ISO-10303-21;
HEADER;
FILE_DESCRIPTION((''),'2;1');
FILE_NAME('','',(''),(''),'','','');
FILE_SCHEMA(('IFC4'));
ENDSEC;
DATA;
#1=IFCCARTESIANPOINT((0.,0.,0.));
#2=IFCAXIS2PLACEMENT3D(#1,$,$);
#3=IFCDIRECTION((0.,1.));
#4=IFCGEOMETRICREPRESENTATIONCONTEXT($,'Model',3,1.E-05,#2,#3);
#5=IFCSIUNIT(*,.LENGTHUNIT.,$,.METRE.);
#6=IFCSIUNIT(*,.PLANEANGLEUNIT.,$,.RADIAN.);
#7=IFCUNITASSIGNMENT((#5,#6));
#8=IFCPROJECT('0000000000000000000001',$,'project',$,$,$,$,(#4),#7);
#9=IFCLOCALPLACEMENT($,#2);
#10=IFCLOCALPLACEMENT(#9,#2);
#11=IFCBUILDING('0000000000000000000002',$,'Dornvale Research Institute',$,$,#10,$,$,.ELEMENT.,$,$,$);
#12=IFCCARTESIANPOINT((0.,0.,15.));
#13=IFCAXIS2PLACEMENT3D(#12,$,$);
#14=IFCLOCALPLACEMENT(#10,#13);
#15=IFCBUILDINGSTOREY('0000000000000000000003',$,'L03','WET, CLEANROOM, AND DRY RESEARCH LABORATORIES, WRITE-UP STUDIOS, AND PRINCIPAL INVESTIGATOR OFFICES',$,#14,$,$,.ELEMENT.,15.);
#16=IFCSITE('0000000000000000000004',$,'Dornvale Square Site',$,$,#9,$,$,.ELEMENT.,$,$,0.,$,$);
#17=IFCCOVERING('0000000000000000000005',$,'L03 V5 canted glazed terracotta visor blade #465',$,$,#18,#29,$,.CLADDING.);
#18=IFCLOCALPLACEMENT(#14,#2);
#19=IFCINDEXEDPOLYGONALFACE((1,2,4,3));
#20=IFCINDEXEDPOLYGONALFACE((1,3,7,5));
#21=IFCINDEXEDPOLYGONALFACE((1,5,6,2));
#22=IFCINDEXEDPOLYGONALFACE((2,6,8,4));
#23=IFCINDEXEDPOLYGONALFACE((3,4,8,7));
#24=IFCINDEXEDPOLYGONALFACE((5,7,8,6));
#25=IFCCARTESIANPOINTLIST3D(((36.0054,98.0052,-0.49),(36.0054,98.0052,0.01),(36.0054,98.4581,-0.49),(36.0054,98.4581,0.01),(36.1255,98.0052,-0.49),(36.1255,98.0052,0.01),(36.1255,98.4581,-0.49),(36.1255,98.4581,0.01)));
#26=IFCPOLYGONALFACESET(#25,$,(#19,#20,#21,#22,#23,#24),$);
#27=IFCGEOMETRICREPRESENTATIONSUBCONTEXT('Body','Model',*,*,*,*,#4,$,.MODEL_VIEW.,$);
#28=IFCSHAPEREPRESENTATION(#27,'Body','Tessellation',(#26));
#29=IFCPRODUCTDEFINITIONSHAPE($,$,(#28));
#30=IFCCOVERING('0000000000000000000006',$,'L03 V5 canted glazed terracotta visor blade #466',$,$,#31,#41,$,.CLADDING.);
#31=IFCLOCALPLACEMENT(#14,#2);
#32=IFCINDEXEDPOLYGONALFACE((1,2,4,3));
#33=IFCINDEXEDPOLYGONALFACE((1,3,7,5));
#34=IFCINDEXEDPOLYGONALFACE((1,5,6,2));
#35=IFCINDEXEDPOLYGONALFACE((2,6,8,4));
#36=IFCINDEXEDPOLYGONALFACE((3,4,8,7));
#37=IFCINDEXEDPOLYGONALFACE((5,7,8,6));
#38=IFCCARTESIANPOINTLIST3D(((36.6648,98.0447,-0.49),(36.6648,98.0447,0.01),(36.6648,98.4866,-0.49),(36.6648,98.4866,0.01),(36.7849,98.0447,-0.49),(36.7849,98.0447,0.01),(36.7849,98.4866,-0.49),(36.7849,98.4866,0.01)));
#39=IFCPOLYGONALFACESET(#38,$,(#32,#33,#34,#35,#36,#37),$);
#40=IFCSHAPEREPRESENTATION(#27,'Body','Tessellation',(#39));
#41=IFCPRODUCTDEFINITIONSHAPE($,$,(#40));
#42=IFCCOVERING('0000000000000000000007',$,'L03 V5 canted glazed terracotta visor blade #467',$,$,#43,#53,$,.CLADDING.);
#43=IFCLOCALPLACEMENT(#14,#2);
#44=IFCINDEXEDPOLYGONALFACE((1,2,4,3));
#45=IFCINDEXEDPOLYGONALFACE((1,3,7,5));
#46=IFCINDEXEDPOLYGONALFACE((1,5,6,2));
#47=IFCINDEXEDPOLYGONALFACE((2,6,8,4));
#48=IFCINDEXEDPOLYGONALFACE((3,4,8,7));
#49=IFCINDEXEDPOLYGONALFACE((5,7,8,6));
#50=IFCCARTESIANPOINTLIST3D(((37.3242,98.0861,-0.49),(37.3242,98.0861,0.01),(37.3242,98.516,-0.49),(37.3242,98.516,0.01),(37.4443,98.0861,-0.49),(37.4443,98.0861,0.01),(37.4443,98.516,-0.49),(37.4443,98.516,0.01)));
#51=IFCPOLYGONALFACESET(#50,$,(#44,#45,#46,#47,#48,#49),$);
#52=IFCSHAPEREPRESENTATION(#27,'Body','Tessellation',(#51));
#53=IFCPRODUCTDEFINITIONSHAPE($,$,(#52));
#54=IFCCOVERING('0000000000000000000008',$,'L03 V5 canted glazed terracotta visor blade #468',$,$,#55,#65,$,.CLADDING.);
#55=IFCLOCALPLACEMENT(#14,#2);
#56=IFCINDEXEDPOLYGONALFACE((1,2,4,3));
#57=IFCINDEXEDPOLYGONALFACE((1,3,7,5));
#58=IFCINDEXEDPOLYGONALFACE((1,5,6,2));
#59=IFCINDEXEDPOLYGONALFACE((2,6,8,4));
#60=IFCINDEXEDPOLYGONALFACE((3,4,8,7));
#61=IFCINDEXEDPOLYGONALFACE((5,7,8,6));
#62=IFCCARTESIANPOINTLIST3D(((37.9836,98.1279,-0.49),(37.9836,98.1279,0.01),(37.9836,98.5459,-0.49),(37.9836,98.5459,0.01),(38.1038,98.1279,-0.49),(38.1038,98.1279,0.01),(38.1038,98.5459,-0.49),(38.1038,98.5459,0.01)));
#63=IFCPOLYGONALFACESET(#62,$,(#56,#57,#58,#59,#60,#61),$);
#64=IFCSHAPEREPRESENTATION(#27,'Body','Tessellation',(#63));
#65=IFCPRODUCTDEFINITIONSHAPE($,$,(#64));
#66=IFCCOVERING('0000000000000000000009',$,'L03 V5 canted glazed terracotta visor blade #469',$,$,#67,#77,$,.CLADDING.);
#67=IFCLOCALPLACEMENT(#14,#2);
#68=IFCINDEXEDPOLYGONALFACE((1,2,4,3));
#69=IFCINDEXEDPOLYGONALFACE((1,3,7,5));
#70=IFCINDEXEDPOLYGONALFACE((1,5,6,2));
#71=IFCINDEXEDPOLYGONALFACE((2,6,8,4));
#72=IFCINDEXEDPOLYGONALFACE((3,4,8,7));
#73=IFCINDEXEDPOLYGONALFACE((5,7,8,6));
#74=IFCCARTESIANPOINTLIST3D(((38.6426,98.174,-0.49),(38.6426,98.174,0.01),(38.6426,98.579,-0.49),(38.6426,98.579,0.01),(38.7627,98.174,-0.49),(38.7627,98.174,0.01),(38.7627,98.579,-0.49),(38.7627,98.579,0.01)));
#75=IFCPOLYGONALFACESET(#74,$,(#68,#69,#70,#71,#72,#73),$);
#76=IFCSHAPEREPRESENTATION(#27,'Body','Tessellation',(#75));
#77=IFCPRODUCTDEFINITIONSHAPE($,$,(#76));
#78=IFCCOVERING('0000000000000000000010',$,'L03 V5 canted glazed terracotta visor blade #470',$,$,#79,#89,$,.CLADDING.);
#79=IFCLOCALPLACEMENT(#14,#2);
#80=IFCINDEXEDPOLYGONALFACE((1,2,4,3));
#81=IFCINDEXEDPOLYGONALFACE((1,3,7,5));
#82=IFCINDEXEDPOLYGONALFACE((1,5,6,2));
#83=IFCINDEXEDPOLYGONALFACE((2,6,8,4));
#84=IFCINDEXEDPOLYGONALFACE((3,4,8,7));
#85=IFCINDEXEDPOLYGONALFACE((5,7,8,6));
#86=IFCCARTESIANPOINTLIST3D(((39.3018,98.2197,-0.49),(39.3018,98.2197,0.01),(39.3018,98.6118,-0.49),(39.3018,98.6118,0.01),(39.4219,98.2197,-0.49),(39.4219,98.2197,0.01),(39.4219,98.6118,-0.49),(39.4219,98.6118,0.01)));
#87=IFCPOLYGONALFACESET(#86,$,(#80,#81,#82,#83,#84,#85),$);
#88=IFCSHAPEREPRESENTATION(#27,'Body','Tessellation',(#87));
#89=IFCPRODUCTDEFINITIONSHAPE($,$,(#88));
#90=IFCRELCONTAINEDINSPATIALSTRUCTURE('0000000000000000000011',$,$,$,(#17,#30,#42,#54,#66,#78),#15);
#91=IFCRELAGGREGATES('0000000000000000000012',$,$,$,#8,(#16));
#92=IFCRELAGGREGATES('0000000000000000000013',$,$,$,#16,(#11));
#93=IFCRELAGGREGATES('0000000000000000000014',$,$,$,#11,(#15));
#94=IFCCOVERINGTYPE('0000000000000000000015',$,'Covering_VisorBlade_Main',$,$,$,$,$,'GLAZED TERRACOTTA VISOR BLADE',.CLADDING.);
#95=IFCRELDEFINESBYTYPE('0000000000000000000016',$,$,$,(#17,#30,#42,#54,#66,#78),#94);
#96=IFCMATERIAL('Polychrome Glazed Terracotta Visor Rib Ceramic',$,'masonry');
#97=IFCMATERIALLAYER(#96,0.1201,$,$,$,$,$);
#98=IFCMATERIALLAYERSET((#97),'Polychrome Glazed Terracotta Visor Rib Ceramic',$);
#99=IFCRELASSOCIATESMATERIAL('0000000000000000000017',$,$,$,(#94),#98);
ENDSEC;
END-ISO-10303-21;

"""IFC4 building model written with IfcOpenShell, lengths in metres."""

from ifc_helpers import new_model, si_unit, direction, frame, origin, origin_2d, place, context, subcontext, project, spatial, rectangle, extrude, material, layer, layer_set, type_object, element, save


model = new_model("IFC4")

# Units and contexts
model_context = context("Model", 3, precision=1e-05, world=origin(), true_north=direction((0.0, 1.0)))
body_context = subcontext(model_context, "Body", "Model", "MODEL_VIEW")
ifc_project = project(units=[si_unit("LENGTHUNIT", "METRE"), si_unit("PLANEANGLEUNIT", "RADIAN")], contexts=[model_context])

# Site, building, storey
site_placement = place(None, origin())
site = spatial("IfcSite", under=ifc_project, at=site_placement, Name="Dornvale Square Site", CompositionType="ELEMENT", RefElevation=0.0)
building_placement = place(site_placement, origin())
building = spatial("IfcBuilding", under=site, at=building_placement, Name="Dornvale Research Institute", CompositionType="ELEMENT")
storey_placement = place(building_placement, frame((0.0, 0.0, 15.0)))
storey = spatial("IfcBuildingStorey", under=building, at=storey_placement, Name="L03", Description="WET, CLEANROOM, AND DRY RESEARCH LABORATORIES, WRITE-UP STUDIOS, AND PRINCIPAL INVESTIGATOR OFFICES", CompositionType="ELEMENT", Elevation=15.0)

# Coverings
ifc_material_1 = material(Name="Polychrome Glazed Terracotta Visor Rib Ceramic", Category="masonry")
ifc_layer_1 = layer(ifc_material_1, 0.1201)
ifc_layer_set_1 = layer_set([ifc_layer_1], Name="Polychrome Glazed Terracotta Visor Rib Ceramic")
covering_type = type_object("IfcCoveringType", Name="Covering_VisorBlade_Main", ElementType="GLAZED TERRACOTTA VISOR BLADE", PredefinedType="CLADDING", material=ifc_layer_set_1)
covering_1_placement = place(storey_placement, frame((36.0654, 98.2317, -0.49), z_axis=(0.0, 0.0, 1.0), x_axis=(0.0, 1.0, 0.0)))
element("IfcCovering", 1, at=covering_1_placement, inside=storey, type_object=covering_type, Name="L03 V5 canted glazed terracotta visor blade #465", PredefinedType="CLADDING", context=body_context, shape_type="SweptSolid", body=[
    extrude(rectangle(XDim=0.4529, YDim=0.1201, at=origin_2d()), origin(), (0.0, 0.0, 1.0), 0.5),
])
covering_2_placement = place(storey_placement, frame((36.7249, 98.2656, -0.49), z_axis=(0.0, 0.0, 1.0), x_axis=(0.0, 1.0, 0.0)))
element("IfcCovering", 2, at=covering_2_placement, inside=storey, type_object=covering_type, Name="L03 V5 canted glazed terracotta visor blade #466", PredefinedType="CLADDING", context=body_context, shape_type="SweptSolid", body=[
    extrude(rectangle(XDim=0.4419, YDim=0.1201, at=origin_2d()), origin(), (0.0, 0.0, 1.0), 0.5),
])
covering_3_placement = place(storey_placement, frame((37.3843, 98.301, -0.49), z_axis=(0.0, 0.0, 1.0), x_axis=(0.0, 1.0, 0.0)))
element("IfcCovering", 3, at=covering_3_placement, inside=storey, type_object=covering_type, Name="L03 V5 canted glazed terracotta visor blade #467", PredefinedType="CLADDING", context=body_context, shape_type="SweptSolid", body=[
    extrude(rectangle(XDim=0.4299, YDim=0.1201, at=origin_2d()), origin(), (0.0, 0.0, 1.0), 0.5),
])
covering_4_placement = place(storey_placement, frame((38.0437, 98.3369, -0.49), z_axis=(0.0, 0.0, 1.0), x_axis=(0.0, 1.0, 0.0)))
element("IfcCovering", 4, at=covering_4_placement, inside=storey, type_object=covering_type, Name="L03 V5 canted glazed terracotta visor blade #468", PredefinedType="CLADDING", context=body_context, shape_type="SweptSolid", body=[
    extrude(rectangle(XDim=0.418, YDim=0.1201, at=origin_2d()), origin(), (0.0, 0.0, 1.0), 0.5),
])
covering_5_placement = place(storey_placement, frame((38.7026, 98.3765, -0.49), z_axis=(0.0, 0.0, 1.0), x_axis=(0.0, 1.0, 0.0)))
element("IfcCovering", 5, at=covering_5_placement, inside=storey, type_object=covering_type, Name="L03 V5 canted glazed terracotta visor blade #469", PredefinedType="CLADDING", context=body_context, shape_type="SweptSolid", body=[
    extrude(rectangle(XDim=0.405, YDim=0.1201, at=origin_2d()), origin(), (0.0, 0.0, 1.0), 0.5),
])
covering_6_placement = place(storey_placement, frame((39.3618, 98.4158, -0.49), z_axis=(0.0, 0.0, 1.0), x_axis=(0.0, 1.0, 0.0)))
element("IfcCovering", 6, at=covering_6_placement, inside=storey, type_object=covering_type, Name="L03 V5 canted glazed terracotta visor blade #470", PredefinedType="CLADDING", context=body_context, shape_type="SweptSolid", body=[
    extrude(rectangle(XDim=0.3921, YDim=0.1201, at=origin_2d()), origin(), (0.0, 0.0, 1.0), 0.5),
])

save(model, "model.ifc")
